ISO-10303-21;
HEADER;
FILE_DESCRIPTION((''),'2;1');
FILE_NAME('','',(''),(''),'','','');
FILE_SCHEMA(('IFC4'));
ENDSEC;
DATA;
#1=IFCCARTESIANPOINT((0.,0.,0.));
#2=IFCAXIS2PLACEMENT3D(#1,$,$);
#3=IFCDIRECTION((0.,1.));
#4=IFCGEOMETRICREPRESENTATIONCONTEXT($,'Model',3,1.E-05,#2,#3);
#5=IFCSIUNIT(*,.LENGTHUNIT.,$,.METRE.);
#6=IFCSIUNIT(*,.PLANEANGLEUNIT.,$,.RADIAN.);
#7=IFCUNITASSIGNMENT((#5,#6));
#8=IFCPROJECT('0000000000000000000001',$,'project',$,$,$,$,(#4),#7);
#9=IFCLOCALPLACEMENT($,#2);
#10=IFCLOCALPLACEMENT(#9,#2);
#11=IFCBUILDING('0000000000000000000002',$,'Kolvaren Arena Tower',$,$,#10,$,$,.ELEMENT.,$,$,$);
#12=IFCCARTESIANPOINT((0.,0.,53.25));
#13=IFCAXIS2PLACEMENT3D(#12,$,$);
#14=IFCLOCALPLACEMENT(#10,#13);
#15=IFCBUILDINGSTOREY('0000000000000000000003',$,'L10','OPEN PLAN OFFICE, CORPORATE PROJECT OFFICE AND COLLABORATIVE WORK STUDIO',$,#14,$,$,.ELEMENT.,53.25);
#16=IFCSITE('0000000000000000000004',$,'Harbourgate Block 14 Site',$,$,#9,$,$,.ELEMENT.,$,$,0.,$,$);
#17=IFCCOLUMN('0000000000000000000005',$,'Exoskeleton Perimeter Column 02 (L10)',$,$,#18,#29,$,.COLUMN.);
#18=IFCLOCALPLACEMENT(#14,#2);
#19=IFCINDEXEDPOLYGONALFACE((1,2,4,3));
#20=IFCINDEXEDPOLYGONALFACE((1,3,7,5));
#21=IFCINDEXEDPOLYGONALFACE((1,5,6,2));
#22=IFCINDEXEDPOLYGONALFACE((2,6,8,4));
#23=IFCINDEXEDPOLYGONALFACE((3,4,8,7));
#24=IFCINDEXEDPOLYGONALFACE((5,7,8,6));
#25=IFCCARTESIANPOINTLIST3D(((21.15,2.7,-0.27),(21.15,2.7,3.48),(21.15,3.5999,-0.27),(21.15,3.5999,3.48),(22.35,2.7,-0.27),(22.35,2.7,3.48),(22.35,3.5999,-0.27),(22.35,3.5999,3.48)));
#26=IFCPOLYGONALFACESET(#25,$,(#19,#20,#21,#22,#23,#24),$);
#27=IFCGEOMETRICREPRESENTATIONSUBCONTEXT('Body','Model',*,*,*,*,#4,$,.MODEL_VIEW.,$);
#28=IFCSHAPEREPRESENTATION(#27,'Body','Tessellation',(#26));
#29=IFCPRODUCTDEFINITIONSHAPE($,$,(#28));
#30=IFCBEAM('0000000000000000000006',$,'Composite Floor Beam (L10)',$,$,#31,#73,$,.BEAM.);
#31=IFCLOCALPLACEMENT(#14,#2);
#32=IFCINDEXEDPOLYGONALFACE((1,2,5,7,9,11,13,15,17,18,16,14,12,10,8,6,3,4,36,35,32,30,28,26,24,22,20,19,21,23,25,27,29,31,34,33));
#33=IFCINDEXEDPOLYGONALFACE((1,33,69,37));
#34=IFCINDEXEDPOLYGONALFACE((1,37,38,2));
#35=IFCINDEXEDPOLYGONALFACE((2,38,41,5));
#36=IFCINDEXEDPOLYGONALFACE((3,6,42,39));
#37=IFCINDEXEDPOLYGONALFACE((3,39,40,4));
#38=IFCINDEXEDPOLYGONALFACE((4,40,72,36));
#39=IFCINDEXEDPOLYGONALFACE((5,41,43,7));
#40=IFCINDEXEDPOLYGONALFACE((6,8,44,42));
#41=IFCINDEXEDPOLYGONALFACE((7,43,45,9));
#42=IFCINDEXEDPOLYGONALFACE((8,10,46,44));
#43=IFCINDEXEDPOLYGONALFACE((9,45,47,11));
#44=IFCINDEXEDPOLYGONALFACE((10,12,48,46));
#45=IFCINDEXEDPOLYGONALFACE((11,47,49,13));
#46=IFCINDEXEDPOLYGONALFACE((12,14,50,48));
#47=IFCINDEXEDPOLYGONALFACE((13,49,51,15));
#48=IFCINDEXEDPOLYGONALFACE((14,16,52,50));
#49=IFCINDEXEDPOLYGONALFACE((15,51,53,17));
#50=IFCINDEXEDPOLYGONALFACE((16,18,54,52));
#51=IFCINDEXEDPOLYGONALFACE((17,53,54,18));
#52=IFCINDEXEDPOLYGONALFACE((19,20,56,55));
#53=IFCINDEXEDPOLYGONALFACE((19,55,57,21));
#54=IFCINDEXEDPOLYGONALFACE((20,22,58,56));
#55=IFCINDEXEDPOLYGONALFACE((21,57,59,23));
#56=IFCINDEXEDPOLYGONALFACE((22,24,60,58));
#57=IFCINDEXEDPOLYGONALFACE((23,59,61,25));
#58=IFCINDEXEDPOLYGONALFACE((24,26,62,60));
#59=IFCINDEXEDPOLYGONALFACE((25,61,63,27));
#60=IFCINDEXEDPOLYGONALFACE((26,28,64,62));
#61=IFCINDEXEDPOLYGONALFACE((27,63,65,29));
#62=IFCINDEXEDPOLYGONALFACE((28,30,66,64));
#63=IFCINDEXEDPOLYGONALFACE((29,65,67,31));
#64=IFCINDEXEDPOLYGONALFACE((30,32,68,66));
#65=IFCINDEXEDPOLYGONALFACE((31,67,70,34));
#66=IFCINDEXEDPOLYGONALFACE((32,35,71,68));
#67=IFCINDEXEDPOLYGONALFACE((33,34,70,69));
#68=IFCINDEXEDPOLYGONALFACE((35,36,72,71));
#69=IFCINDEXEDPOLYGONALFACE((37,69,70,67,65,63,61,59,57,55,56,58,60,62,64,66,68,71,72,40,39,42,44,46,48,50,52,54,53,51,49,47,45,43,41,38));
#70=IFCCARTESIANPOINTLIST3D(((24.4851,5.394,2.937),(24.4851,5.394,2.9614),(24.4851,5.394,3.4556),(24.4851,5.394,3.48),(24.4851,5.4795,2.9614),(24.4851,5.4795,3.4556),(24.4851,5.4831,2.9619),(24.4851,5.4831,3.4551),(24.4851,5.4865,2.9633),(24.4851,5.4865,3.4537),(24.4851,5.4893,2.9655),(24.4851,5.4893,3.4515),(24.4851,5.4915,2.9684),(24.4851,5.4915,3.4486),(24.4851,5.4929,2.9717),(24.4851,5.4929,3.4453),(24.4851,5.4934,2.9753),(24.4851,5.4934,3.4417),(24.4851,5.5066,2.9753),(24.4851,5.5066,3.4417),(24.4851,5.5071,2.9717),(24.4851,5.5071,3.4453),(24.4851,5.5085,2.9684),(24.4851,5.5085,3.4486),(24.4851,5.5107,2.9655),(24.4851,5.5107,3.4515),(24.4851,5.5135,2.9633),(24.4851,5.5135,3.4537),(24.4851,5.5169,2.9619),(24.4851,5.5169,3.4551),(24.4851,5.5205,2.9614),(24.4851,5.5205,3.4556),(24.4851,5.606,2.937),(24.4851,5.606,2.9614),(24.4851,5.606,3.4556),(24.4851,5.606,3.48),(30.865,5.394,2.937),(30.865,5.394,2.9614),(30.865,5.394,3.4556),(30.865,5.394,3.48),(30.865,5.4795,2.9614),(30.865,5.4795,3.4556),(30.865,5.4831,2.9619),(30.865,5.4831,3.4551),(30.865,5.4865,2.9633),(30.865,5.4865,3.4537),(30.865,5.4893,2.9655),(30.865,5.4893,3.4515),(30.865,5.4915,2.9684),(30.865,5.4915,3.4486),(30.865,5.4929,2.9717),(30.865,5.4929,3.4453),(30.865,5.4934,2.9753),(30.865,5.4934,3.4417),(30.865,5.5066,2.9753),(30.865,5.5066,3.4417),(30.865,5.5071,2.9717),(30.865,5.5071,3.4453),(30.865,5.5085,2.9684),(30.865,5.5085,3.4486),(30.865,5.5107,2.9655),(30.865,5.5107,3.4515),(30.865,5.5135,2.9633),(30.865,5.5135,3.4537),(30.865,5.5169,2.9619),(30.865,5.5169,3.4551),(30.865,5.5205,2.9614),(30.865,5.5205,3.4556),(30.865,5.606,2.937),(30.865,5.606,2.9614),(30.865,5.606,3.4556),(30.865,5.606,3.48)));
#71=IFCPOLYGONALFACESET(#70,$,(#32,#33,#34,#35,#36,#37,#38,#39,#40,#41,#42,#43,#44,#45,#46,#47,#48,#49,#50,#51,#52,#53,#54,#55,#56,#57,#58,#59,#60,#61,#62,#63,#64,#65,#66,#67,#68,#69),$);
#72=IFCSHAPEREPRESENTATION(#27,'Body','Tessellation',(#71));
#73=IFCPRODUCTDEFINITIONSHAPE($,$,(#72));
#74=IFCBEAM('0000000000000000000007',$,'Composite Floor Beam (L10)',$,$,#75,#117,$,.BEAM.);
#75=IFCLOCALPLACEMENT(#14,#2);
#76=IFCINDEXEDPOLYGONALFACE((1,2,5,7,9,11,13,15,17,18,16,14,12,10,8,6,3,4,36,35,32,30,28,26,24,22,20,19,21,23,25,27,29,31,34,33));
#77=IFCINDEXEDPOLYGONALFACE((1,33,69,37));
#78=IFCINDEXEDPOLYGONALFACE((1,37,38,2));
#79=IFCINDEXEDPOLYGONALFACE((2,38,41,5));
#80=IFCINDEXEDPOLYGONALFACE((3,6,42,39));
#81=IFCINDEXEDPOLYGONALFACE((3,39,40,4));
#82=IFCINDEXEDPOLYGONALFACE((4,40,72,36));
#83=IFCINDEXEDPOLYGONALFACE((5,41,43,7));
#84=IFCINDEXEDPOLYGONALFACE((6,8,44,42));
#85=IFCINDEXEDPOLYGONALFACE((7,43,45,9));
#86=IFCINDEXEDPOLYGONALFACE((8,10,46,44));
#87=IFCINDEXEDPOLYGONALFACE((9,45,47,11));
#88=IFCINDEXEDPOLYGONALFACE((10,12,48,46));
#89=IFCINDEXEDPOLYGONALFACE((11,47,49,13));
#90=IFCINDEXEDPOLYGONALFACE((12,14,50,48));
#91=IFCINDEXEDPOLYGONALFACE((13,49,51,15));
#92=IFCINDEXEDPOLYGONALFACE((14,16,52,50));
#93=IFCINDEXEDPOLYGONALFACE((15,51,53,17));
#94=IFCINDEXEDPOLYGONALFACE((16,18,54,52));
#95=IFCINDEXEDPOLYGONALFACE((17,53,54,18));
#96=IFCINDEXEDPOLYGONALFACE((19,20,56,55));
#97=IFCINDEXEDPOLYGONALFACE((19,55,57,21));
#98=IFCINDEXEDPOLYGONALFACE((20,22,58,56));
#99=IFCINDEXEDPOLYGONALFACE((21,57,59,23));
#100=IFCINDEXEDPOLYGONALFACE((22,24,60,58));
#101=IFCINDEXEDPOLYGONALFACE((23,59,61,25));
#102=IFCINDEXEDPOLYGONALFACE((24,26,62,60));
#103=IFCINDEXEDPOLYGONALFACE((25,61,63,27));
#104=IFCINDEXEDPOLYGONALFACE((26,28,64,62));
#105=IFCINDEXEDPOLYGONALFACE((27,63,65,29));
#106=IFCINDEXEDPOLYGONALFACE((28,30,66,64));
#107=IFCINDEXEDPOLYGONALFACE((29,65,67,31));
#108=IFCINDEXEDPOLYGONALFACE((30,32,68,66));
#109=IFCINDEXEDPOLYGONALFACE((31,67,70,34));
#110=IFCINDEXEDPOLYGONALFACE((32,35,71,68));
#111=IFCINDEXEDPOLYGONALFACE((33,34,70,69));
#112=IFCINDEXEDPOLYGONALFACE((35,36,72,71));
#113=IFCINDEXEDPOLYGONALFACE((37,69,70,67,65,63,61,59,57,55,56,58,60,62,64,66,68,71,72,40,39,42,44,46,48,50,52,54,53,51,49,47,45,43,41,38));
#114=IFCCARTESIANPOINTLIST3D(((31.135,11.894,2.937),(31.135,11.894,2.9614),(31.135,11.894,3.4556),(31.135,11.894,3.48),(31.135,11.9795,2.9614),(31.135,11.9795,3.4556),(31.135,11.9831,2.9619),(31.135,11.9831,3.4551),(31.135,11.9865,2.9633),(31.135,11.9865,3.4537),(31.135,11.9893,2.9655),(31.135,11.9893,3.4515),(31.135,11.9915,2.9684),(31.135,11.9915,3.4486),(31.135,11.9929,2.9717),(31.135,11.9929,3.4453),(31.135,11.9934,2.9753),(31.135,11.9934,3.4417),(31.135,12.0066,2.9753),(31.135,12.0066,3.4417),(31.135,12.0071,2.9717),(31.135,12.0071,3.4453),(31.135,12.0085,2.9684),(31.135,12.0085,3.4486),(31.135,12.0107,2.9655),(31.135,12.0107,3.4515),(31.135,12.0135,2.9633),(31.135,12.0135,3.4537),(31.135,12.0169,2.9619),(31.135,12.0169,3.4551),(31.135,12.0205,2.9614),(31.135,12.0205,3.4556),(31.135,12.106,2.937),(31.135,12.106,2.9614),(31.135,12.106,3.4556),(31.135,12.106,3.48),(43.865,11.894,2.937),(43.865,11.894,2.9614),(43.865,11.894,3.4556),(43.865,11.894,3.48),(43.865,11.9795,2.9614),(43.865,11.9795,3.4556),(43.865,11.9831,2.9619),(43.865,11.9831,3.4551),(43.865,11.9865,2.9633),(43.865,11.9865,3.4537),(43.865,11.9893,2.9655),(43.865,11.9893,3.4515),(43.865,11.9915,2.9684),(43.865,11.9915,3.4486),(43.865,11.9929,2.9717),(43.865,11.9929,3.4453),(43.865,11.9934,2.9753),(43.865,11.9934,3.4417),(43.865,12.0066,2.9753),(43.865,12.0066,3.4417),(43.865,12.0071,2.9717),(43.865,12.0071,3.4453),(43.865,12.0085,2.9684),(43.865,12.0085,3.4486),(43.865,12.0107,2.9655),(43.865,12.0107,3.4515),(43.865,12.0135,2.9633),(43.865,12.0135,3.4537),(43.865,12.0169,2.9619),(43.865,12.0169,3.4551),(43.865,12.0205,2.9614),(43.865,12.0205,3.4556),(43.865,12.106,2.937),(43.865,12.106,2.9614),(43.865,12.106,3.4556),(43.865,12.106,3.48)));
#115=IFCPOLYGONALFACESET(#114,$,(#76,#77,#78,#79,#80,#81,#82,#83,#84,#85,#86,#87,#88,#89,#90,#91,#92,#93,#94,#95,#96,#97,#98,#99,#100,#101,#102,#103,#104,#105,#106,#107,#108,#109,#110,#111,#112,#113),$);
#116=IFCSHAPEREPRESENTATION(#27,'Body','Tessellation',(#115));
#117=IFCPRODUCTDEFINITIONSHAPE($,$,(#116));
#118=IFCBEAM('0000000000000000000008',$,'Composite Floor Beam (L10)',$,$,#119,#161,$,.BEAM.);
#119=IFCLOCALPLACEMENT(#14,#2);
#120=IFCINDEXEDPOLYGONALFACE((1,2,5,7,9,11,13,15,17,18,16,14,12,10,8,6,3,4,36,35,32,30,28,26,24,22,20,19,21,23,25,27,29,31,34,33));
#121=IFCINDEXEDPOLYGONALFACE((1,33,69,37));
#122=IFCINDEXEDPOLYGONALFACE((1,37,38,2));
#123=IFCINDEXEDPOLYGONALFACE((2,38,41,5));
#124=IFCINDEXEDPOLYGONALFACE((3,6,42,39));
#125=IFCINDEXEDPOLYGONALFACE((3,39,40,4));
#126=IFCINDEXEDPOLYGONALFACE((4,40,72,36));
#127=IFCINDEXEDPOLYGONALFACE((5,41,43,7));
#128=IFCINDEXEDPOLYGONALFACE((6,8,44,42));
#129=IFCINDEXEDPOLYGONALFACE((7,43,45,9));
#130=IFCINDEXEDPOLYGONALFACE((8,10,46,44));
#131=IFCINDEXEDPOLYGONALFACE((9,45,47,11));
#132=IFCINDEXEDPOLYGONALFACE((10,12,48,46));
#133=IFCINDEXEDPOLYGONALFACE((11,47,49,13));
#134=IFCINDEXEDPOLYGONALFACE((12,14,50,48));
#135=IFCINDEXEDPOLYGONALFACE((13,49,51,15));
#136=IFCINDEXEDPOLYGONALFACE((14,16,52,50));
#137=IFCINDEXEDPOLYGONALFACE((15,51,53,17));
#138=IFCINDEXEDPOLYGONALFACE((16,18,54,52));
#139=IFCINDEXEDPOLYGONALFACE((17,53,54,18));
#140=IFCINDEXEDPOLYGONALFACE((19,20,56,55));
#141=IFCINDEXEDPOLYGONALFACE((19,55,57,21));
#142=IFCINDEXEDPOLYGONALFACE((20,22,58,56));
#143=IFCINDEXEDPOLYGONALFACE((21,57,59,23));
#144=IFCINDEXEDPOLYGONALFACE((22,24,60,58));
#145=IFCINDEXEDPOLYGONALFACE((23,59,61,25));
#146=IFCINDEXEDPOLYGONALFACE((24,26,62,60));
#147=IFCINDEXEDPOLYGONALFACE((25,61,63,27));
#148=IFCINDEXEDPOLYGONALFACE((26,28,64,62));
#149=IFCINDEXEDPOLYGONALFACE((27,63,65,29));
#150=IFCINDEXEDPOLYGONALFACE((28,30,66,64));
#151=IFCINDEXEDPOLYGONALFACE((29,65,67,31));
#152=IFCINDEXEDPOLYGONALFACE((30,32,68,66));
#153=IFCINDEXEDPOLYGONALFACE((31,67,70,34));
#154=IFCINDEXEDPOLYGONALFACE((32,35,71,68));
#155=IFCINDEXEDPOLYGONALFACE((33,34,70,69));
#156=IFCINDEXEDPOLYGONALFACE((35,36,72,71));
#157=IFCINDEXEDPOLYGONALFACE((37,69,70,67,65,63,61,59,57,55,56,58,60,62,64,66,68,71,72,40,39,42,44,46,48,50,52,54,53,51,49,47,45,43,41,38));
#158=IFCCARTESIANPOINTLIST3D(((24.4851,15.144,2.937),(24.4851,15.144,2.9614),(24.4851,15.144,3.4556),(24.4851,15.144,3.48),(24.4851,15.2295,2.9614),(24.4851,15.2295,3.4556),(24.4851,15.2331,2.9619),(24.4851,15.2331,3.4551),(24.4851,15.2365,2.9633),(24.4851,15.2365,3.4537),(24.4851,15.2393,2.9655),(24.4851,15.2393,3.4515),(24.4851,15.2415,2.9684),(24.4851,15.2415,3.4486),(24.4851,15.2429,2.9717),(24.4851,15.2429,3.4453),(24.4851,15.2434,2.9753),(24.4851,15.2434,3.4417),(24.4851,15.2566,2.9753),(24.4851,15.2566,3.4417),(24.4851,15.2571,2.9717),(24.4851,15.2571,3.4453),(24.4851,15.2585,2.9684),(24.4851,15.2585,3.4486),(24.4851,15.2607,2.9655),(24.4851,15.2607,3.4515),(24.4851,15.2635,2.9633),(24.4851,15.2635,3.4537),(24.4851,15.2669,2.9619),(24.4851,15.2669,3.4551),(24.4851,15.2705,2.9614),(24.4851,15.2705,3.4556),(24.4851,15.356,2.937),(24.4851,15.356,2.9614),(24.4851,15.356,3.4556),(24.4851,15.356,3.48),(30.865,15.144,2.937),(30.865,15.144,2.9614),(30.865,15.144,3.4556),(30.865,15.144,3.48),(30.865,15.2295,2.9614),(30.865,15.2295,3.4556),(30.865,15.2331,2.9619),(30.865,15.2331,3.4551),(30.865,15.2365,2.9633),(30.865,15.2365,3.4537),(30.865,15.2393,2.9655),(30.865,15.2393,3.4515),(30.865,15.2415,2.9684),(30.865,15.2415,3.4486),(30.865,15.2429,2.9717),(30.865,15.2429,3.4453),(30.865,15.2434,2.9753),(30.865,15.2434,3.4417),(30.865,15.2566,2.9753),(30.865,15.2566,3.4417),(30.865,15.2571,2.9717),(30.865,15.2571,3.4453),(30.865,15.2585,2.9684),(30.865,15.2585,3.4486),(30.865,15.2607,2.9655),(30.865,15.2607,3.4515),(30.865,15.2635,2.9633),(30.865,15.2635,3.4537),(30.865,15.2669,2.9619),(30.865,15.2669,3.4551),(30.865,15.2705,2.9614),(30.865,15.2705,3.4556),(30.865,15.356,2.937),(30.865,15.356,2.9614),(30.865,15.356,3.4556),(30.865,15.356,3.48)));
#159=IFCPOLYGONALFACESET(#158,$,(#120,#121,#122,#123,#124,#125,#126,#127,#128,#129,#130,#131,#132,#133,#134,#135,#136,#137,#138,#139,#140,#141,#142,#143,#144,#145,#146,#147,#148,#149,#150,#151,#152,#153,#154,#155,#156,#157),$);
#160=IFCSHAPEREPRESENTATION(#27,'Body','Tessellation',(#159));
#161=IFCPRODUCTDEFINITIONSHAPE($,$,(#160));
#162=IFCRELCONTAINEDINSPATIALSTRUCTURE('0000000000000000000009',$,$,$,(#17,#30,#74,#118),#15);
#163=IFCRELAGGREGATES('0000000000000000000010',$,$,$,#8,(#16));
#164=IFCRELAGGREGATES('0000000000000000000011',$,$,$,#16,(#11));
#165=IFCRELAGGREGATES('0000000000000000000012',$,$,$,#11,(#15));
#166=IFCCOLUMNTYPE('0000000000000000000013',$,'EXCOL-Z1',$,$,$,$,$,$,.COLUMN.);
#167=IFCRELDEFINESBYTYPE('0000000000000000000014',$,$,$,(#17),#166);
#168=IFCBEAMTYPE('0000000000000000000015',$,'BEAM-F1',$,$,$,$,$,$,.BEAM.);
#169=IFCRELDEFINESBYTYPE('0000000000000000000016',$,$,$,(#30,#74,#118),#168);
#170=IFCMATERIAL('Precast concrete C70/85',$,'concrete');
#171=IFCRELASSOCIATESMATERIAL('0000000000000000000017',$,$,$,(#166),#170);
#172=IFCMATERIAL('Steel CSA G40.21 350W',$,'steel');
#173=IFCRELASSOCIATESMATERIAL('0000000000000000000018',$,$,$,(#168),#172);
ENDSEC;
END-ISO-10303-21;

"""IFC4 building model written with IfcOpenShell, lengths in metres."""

from ifc_helpers import new_model, si_unit, direction, frame, origin, origin_2d, place, context, subcontext, project, spatial, rectangle, i_section, extrude, material, material_profile, profile_set, type_object, element, save


model = new_model("IFC4")

# Units and contexts
model_context = context("Model", 3, precision=1e-05, world=origin(), true_north=direction((0.0, 1.0)))
body_context = subcontext(model_context, "Body", "Model", "MODEL_VIEW")
ifc_project = project(units=[si_unit("LENGTHUNIT", "METRE"), si_unit("PLANEANGLEUNIT", "RADIAN")], contexts=[model_context])

# Site, building, storey
site_placement = place(None, origin())
site = spatial("IfcSite", under=ifc_project, at=site_placement, Name="Harbourgate Block 14 Site", CompositionType="ELEMENT", RefElevation=0.0)
building_placement = place(site_placement, origin())
building = spatial("IfcBuilding", under=site, at=building_placement, Name="Kolvaren Arena Tower", CompositionType="ELEMENT")
storey_placement = place(building_placement, frame((0.0, 0.0, 53.25)))
storey = spatial("IfcBuildingStorey", under=building, at=storey_placement, Name="L10", Description="OPEN PLAN OFFICE, CORPORATE PROJECT OFFICE AND COLLABORATIVE WORK STUDIO", CompositionType="ELEMENT", Elevation=53.25)

# Column
ifc_material_1 = material(Name="Precast concrete C70/85", Category="concrete")
ifc_material_profile_1 = material_profile(ifc_material_1, rectangle(XDim=1.2, YDim=0.8999, at=origin_2d()), Name="RC-1200x900")
ifc_profile_set_1 = profile_set([ifc_material_profile_1], Name="Precast concrete C70/85")
column_type = type_object("IfcColumnType", Name="EXCOL-Z1", PredefinedType="COLUMN", material=ifc_profile_set_1)
column_placement = place(storey_placement, frame((21.75, 3.1499, -0.27), z_axis=(0.0, 0.0, 1.0), x_axis=(1.0, 0.0, 0.0)))
element("IfcColumn", 1, at=column_placement, inside=storey, type_object=column_type, Name="Exoskeleton Perimeter Column 02 (L10)", PredefinedType="COLUMN", context=body_context, shape_type="SweptSolid", body=[
    extrude(rectangle(XDim=1.2, YDim=0.8999, at=origin_2d()), origin(), (0.0, 0.0, 1.0), 3.75),
])

# Beams
ifc_material_2 = material(Name="Steel CSA G40.21 350W", Category="steel")
ifc_material_profile_2 = material_profile(ifc_material_2, i_section(OverallWidth=0.2119, OverallDepth=0.543, WebThickness=0.0132, FlangeThickness=0.0244, FilletRadius=0.0139, at=origin_2d()), Name="W530x150")
ifc_profile_set_2 = profile_set([ifc_material_profile_2], Name="Steel CSA G40.21 350W")
beam_type_1 = type_object("IfcBeamType", Name="BEAM-F1", PredefinedType="BEAM", material=ifc_profile_set_2)
beam_1_placement = place(storey_placement, frame((24.4851, 5.5, 3.2085), z_axis=(1.0, 0.0, 0.0), x_axis=(0.0, 1.0, 0.0)))
element("IfcBeam", 2, at=beam_1_placement, inside=storey, type_object=beam_type_1, Name="Composite Floor Beam (L10)", PredefinedType="BEAM", context=body_context, shape_type="SweptSolid", body=[
    extrude(i_section(OverallWidth=0.2119, OverallDepth=0.543, WebThickness=0.0132, FlangeThickness=0.0244, FilletRadius=0.0139, at=origin_2d()), origin(), (0.0, 0.0, 1.0), 6.3799),
])
beam_2_placement = place(storey_placement, frame((31.135, 12.0, 3.2085), z_axis=(1.0, 0.0, 0.0), x_axis=(0.0, 1.0, 0.0)))
element("IfcBeam", 3, at=beam_2_placement, inside=storey, type_object=beam_type_1, Name="Composite Floor Beam (L10)", PredefinedType="BEAM", context=body_context, shape_type="SweptSolid", body=[
    extrude(i_section(OverallWidth=0.2119, OverallDepth=0.543, WebThickness=0.0132, FlangeThickness=0.0244, FilletRadius=0.0139, at=origin_2d()), origin(), (0.0, 0.0, 1.0), 12.73),
])
beam_3_placement = place(storey_placement, frame((24.4851, 15.25, 3.2085), z_axis=(1.0, 0.0, 0.0), x_axis=(0.0, 1.0, 0.0)))
element("IfcBeam", 4, at=beam_3_placement, inside=storey, type_object=beam_type_1, Name="Composite Floor Beam (L10)", PredefinedType="BEAM", context=body_context, shape_type="SweptSolid", body=[
    extrude(i_section(OverallWidth=0.2119, OverallDepth=0.543, WebThickness=0.0132, FlangeThickness=0.0244, FilletRadius=0.0139, at=origin_2d()), origin(), (0.0, 0.0, 1.0), 6.3799),
])

save(model, "model.ifc")
